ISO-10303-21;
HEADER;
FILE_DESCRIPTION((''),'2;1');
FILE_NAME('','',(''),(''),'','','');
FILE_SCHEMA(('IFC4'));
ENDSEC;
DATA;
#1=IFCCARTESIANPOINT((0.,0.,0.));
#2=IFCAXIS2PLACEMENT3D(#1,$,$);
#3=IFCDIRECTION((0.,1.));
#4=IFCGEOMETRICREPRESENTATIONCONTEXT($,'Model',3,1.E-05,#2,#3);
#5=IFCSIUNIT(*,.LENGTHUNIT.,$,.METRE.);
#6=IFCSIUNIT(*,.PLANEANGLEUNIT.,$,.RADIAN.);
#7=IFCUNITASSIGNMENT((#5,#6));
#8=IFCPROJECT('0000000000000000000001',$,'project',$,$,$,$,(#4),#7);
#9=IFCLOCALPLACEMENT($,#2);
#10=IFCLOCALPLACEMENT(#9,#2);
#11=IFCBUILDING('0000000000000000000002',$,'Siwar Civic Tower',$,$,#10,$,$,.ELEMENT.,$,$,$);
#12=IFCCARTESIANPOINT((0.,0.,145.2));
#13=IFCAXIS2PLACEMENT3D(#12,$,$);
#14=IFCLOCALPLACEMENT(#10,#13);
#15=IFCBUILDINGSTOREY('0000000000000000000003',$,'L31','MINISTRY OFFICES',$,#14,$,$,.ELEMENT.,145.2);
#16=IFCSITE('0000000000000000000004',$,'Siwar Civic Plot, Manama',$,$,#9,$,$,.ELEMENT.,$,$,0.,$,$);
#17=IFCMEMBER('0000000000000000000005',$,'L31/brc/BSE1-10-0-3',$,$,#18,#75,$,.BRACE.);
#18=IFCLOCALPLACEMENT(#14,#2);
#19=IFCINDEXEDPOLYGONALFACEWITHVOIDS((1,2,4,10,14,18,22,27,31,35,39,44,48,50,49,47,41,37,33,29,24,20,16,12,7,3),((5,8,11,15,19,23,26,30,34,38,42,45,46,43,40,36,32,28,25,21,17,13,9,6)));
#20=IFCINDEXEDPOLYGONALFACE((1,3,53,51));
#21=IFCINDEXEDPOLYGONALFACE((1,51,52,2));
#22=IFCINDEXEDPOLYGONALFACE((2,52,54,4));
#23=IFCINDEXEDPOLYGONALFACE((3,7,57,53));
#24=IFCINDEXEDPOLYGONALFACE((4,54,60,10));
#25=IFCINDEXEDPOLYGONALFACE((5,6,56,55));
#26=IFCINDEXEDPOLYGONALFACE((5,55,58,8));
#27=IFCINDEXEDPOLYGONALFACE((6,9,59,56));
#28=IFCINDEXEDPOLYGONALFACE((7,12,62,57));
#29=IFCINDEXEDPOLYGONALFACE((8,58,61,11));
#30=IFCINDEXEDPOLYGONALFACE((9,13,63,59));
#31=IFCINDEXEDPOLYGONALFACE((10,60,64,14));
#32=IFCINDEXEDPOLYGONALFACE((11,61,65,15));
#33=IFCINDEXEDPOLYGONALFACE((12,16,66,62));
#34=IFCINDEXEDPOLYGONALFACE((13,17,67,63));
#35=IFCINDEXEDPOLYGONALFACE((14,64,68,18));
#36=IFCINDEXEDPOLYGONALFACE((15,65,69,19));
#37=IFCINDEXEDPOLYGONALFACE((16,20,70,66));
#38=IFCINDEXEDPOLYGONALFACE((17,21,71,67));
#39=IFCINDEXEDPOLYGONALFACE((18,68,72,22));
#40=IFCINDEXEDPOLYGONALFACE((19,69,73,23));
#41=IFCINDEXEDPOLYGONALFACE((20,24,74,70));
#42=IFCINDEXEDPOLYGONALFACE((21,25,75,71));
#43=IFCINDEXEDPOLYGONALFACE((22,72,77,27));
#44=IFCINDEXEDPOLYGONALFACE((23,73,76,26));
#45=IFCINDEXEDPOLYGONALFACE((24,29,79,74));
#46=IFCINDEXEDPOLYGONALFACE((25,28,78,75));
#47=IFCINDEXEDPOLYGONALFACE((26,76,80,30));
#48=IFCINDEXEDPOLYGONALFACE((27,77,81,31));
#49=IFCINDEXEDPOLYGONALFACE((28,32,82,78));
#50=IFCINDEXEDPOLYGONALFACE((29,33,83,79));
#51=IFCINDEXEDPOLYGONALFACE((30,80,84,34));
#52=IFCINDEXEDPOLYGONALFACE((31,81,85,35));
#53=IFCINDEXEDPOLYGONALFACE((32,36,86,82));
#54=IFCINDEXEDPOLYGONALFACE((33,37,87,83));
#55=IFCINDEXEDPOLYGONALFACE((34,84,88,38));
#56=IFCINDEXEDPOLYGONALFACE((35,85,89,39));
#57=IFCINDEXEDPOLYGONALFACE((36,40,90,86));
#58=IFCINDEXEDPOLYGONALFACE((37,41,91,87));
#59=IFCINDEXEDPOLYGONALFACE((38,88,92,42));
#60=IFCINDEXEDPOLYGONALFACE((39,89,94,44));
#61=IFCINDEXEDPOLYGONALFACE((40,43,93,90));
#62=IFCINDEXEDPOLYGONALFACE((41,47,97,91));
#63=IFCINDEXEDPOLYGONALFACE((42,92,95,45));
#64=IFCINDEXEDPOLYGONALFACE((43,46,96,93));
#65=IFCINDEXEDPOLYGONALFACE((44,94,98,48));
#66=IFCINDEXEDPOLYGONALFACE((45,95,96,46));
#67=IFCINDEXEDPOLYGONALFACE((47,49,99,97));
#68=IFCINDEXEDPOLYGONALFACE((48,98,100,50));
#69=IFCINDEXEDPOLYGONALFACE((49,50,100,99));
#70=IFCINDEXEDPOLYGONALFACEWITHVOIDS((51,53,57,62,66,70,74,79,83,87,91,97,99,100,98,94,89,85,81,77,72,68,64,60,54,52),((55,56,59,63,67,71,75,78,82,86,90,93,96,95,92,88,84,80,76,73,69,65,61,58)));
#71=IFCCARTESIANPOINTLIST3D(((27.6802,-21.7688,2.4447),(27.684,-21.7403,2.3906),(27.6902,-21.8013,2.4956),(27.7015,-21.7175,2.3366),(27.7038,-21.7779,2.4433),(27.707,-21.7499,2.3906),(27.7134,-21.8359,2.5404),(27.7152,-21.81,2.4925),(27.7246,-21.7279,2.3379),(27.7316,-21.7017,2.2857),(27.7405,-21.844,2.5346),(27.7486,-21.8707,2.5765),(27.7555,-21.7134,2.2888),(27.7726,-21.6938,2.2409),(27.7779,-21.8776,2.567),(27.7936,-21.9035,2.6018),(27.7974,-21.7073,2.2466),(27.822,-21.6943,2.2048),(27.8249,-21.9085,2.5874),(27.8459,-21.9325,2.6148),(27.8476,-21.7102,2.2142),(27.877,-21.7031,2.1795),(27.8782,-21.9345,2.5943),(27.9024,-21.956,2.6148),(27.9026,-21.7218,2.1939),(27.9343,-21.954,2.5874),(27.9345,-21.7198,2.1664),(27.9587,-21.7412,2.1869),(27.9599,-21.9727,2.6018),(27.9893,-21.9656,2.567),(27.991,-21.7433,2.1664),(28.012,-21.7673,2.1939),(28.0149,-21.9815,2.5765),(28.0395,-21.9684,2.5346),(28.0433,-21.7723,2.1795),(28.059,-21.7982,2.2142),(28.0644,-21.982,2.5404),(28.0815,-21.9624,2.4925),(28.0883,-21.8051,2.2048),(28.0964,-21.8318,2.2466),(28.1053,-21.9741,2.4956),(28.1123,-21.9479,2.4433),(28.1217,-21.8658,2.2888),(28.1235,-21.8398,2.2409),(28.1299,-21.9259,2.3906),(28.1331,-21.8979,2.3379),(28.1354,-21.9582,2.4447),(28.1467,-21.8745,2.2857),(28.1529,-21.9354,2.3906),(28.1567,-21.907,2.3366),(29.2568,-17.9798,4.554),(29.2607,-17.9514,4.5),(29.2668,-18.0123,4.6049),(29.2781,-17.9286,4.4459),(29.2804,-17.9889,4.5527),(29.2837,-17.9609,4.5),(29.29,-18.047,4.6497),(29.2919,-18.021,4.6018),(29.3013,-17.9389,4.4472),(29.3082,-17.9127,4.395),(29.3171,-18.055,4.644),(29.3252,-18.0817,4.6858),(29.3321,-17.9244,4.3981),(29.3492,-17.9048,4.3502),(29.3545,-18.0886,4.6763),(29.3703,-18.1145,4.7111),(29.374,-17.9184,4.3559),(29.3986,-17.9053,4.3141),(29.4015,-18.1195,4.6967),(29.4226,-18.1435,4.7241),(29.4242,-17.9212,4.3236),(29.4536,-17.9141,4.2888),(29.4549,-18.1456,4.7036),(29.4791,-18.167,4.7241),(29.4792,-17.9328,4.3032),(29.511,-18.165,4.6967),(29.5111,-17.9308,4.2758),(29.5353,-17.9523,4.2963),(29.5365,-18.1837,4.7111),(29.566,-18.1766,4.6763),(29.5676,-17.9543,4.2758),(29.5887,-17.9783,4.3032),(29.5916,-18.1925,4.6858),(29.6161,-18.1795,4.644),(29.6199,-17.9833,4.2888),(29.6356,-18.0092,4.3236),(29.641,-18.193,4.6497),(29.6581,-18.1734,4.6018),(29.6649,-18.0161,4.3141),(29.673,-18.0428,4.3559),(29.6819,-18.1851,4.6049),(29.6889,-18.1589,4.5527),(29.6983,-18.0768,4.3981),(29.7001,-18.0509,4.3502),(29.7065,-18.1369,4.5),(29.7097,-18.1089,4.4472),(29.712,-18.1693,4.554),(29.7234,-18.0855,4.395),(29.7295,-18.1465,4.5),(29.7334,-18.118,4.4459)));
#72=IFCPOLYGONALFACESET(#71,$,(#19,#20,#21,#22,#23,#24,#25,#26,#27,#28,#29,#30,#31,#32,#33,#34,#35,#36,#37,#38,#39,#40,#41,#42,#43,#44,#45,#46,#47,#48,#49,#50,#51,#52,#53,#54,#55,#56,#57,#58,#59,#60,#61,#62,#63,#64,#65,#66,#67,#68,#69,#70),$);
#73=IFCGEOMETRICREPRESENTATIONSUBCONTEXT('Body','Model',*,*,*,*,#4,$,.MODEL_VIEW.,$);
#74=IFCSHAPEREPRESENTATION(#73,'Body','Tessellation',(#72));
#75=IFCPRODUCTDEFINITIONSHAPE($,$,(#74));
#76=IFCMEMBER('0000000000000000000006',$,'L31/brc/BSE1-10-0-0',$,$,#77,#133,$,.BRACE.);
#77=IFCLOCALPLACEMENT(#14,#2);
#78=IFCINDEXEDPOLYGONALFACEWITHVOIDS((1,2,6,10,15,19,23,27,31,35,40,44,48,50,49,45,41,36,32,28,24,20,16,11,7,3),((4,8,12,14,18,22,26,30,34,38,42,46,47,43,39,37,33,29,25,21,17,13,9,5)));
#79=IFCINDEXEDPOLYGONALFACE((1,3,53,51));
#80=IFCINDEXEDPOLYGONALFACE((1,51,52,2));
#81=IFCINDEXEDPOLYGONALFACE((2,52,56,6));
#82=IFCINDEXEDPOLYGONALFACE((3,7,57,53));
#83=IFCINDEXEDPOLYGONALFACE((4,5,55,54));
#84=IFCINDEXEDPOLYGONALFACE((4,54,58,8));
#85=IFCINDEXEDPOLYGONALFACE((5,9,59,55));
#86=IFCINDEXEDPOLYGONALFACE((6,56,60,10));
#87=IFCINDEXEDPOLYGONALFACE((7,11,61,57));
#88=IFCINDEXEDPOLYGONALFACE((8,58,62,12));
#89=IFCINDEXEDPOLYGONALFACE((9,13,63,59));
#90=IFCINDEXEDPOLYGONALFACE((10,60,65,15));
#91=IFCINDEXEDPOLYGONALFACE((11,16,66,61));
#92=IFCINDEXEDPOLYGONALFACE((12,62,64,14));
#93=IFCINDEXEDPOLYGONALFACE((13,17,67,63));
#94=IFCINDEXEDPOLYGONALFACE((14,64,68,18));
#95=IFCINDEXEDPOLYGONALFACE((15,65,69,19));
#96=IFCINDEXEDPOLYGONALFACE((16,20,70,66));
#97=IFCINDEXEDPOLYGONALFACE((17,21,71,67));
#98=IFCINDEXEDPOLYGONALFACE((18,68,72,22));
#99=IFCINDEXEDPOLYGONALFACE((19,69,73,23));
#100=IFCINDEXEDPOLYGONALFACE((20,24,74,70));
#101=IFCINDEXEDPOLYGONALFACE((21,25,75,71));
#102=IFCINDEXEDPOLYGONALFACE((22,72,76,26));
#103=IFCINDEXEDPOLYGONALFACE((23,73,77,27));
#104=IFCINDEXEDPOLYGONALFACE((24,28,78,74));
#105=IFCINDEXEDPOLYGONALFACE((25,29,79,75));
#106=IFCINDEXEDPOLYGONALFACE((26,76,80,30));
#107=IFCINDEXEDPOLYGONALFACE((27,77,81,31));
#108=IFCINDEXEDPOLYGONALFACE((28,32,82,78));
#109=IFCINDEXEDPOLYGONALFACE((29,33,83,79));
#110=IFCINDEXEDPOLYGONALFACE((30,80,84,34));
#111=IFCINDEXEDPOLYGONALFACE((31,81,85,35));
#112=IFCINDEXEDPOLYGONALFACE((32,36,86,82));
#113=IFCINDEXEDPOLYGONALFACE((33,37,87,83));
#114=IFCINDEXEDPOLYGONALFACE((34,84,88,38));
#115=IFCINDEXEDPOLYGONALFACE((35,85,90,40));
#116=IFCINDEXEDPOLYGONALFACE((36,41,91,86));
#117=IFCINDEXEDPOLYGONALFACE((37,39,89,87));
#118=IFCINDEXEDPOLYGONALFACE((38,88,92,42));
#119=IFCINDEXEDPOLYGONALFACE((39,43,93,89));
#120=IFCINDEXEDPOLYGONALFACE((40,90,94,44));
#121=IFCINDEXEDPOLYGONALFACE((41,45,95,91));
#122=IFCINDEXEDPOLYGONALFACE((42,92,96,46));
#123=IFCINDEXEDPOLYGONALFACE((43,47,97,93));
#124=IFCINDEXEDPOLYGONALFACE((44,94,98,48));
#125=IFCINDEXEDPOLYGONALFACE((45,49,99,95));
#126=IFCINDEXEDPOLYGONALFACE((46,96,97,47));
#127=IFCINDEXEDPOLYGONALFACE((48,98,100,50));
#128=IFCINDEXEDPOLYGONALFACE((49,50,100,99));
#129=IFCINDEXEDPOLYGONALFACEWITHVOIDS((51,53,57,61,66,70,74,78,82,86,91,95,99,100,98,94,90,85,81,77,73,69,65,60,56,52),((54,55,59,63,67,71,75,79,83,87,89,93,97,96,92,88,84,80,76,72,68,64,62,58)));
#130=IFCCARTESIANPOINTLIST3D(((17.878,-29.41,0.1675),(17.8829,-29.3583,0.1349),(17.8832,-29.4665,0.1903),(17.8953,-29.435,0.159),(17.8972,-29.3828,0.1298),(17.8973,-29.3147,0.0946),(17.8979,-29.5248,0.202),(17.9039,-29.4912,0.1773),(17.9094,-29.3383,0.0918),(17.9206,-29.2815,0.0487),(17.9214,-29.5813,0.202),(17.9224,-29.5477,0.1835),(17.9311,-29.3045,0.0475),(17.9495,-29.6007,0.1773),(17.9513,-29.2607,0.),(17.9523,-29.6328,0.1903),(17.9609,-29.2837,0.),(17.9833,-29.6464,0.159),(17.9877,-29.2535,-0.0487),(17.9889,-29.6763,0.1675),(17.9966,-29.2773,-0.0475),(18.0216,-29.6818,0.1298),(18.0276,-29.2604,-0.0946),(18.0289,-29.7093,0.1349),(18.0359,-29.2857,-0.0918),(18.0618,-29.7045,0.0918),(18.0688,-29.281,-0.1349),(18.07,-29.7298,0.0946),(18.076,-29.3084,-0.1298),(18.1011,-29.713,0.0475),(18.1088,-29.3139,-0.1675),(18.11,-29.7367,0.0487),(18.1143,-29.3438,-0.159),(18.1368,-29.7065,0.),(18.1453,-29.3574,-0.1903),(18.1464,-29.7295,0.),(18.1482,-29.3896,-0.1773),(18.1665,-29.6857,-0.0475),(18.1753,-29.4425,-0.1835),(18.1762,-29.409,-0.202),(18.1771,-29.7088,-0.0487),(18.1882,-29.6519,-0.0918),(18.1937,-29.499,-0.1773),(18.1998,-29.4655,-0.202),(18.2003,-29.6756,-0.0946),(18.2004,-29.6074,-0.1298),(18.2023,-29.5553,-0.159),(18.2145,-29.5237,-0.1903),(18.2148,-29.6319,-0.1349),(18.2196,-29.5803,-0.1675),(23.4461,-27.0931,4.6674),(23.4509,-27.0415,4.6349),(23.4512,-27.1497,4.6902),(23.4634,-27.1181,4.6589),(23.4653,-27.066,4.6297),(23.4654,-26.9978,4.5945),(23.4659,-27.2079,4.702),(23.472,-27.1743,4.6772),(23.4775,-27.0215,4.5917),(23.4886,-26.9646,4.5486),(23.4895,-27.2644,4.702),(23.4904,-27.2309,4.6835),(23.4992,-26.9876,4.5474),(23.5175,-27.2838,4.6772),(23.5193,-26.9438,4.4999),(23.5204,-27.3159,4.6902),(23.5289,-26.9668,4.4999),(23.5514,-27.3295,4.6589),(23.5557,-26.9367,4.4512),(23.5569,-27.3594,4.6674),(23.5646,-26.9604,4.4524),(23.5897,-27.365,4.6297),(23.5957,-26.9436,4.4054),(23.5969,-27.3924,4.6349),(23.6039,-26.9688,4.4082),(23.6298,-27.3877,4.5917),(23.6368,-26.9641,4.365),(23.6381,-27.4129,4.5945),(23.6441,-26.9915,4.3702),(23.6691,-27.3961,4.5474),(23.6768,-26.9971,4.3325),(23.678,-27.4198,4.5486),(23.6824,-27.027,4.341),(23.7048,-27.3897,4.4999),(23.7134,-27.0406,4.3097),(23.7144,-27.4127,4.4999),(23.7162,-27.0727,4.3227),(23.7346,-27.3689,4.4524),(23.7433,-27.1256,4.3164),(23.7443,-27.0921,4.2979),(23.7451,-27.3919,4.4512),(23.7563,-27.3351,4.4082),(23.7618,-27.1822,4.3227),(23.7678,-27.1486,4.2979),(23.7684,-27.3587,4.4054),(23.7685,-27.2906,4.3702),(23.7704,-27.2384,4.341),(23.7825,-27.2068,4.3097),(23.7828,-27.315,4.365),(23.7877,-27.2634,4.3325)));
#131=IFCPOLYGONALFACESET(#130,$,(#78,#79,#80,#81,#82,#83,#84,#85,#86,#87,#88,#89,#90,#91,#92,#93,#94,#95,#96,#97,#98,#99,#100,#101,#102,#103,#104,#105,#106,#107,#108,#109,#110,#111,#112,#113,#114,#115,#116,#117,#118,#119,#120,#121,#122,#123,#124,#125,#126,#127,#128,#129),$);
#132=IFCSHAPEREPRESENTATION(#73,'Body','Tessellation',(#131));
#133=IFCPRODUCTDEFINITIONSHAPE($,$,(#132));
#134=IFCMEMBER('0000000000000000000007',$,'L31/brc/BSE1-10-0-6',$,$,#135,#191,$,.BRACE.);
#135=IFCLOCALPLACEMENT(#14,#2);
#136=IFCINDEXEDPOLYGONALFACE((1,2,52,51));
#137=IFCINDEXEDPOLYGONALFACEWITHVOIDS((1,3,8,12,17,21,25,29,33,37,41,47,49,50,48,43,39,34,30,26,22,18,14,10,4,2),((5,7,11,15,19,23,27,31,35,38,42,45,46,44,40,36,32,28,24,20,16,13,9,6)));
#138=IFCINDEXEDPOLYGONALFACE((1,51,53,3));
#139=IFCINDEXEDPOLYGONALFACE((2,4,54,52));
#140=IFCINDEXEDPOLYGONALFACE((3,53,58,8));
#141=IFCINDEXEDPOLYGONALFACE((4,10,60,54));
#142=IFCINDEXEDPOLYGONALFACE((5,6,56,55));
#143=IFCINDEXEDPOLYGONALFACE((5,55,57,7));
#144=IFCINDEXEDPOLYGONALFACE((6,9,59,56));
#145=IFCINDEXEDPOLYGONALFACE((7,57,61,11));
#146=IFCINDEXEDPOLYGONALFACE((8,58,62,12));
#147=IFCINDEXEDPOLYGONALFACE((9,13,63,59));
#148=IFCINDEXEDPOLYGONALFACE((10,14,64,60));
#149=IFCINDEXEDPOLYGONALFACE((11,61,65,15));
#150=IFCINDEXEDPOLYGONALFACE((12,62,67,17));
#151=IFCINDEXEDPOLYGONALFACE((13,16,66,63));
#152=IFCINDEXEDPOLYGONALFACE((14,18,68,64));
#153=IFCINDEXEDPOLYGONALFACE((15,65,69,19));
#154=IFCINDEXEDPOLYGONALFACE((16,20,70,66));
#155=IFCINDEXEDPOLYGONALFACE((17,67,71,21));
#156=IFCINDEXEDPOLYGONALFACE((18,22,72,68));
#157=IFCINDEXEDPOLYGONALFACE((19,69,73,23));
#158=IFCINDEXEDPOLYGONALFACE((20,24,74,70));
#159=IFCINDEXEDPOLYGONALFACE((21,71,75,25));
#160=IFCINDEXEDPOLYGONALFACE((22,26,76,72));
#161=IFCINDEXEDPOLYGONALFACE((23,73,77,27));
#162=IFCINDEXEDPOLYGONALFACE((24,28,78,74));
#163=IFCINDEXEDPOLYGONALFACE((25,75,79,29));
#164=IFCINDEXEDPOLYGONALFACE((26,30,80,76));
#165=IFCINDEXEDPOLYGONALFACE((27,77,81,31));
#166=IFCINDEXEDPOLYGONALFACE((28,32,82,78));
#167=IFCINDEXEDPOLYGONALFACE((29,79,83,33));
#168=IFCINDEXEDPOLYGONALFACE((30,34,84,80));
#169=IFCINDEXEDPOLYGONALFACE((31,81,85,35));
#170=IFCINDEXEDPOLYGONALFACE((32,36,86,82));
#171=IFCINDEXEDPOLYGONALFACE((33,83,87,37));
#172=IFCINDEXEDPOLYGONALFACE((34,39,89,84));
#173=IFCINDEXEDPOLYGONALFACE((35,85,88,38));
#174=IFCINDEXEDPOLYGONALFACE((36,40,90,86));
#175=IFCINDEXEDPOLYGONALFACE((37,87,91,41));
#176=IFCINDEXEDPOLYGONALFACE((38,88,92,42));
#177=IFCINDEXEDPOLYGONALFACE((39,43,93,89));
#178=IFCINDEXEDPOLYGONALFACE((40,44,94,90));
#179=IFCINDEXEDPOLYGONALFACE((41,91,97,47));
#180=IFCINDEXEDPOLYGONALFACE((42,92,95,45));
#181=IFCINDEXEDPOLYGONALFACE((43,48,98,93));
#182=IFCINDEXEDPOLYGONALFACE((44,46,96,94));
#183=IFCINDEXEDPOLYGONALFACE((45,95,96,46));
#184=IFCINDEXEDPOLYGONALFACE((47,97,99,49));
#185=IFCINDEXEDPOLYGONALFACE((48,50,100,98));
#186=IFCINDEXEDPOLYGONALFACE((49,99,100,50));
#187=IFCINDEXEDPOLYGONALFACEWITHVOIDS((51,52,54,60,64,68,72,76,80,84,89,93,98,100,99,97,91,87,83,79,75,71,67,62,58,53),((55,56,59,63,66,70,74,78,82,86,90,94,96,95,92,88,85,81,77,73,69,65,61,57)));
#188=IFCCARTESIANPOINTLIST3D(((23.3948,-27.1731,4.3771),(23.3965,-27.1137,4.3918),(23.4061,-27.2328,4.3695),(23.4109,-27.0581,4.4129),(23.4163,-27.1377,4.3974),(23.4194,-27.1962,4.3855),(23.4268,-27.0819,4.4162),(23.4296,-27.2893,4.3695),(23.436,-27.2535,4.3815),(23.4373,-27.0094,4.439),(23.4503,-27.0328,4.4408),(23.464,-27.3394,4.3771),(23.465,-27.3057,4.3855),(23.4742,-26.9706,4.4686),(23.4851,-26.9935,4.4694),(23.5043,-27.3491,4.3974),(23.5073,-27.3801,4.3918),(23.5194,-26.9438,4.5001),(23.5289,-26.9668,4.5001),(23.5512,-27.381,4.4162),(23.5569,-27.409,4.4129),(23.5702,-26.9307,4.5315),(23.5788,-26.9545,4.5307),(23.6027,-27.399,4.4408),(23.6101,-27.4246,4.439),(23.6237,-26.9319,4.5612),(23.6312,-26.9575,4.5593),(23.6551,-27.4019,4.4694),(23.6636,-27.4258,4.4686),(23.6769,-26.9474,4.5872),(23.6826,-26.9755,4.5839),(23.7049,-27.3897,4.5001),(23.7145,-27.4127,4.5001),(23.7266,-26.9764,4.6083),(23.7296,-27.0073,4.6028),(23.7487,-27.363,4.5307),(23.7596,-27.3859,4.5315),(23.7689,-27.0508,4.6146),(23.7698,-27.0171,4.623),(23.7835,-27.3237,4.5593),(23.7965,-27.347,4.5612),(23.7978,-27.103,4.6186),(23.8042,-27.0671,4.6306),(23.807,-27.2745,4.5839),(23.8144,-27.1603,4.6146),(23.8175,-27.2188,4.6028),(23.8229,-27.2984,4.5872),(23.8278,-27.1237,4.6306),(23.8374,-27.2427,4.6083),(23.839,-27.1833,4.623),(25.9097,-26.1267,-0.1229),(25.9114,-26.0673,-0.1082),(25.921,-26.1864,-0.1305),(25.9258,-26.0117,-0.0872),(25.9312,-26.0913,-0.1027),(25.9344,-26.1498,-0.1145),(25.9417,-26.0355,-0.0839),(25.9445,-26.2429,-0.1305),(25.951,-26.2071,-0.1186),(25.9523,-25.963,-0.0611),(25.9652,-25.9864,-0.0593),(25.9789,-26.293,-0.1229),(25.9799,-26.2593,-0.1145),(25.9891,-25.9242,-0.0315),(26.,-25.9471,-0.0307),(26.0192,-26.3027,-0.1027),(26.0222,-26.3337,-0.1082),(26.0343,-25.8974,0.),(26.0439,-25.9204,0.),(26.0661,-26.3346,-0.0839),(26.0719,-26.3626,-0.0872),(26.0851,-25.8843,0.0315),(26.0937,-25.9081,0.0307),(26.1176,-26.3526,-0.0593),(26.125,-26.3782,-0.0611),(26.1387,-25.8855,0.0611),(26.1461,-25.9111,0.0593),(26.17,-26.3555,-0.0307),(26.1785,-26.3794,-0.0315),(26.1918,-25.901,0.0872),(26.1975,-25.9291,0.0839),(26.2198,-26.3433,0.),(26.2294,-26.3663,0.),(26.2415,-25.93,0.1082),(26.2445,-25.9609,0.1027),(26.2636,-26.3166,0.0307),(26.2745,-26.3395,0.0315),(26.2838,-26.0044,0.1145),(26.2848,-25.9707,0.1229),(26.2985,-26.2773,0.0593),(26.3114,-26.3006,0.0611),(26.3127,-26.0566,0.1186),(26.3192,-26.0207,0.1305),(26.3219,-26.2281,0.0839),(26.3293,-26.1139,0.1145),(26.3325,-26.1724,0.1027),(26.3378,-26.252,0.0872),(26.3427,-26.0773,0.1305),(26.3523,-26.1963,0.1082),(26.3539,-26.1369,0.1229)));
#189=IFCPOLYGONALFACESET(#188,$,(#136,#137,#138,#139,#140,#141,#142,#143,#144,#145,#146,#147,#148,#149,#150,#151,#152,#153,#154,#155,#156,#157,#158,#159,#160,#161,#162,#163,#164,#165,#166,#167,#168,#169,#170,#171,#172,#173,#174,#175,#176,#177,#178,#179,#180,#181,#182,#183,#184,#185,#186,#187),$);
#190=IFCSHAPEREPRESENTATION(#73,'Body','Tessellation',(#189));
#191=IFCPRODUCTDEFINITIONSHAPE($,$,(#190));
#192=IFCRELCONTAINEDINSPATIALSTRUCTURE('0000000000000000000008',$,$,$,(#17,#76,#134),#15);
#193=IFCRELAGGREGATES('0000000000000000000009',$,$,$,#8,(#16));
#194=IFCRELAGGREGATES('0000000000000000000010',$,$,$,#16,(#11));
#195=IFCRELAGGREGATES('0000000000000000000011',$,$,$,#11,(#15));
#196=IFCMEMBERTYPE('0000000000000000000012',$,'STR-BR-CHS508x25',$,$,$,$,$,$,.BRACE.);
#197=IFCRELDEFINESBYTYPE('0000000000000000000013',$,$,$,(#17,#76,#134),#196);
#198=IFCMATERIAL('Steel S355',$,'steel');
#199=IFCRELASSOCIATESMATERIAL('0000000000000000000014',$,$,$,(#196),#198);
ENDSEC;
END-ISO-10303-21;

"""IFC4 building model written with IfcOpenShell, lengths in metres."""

from ifc_helpers import new_model, si_unit, direction, frame, origin, origin_2d, place, context, subcontext, project, spatial, hollow_circle, extrude, material, material_profile, profile_set, type_object, element, save


model = new_model("IFC4")

# Units and contexts
model_context = context("Model", 3, precision=1e-05, world=origin(), true_north=direction((0.0, 1.0)))
body_context = subcontext(model_context, "Body", "Model", "MODEL_VIEW")
ifc_project = project(units=[si_unit("LENGTHUNIT", "METRE"), si_unit("PLANEANGLEUNIT", "RADIAN")], contexts=[model_context])

# Site, building, storey
site_placement = place(None, origin())
site = spatial("IfcSite", under=ifc_project, at=site_placement, Name="Siwar Civic Plot, Manama", CompositionType="ELEMENT", RefElevation=0.0)
building_placement = place(site_placement, origin())
building = spatial("IfcBuilding", under=site, at=building_placement, Name="Siwar Civic Tower", CompositionType="ELEMENT")
storey_placement = place(building_placement, frame((0.0, 0.0, 145.2)))
storey = spatial("IfcBuildingStorey", under=building, at=storey_placement, Name="L31", Description="MINISTRY OFFICES", CompositionType="ELEMENT", Elevation=145.2)

# Members
ifc_material_1 = material(Name="Steel S355", Category="steel")
ifc_material_profile_1 = material_profile(ifc_material_1, hollow_circle(Radius=0.2539, WallThickness=0.0249, at=origin_2d()), Name="CHS508x25")
ifc_profile_set_1 = profile_set([ifc_material_profile_1], Name="Steel S355")
member_type_1 = type_object("IfcMemberType", Name="STR-BR-CHS508x25", PredefinedType="BRACE", material=ifc_profile_set_1)
member_1_placement = place(storey_placement, frame((27.9185, -21.8379, 2.3906), z_axis=(0.341686, 0.821146, 0.457133), x_axis=(-0.92326, 0.384176, 0.0)))
element("IfcMember", 1, at=member_1_placement, inside=storey, type_object=member_type_1, Name="L31/brc/BSE1-10-0-3", PredefinedType="BRACE", context=body_context, shape_type="SweptSolid", body=[
    extrude(hollow_circle(Radius=0.2539, WallThickness=0.0249, at=origin_2d()), origin(), (0.0, 0.0, 1.0), 4.6143),
])
member_2_placement = place(storey_placement, frame((18.0488, -29.4951, 0.0), z_axis=(0.739973, 0.307903, 0.598026), x_axis=(-0.38417, 0.923262, 0.0)))
element("IfcMember", 2, at=member_2_placement, inside=storey, type_object=member_type_1, Name="L31/brc/BSE1-10-0-0", PredefinedType="BRACE", context=body_context, shape_type="SweptSolid", body=[
    extrude(hollow_circle(Radius=0.2539, WallThickness=0.0249, at=origin_2d()), origin(), (0.0, 0.0, 1.0), 7.5247),
])
member_3_placement = place(storey_placement, frame((26.1318, -26.1318, 0.0), z_axis=(-0.478099, -0.198926, 0.855482), x_axis=(0.384151, -0.92327, 0.0)))
element("IfcMember", 3, at=member_3_placement, inside=storey, type_object=member_type_1, Name="L31/brc/BSE1-10-0-6", PredefinedType="BRACE", context=body_context, shape_type="SweptSolid", body=[
    extrude(hollow_circle(Radius=0.2539, WallThickness=0.0249, at=origin_2d()), origin(), (0.0, 0.0, 1.0), 5.2603),
])

save(model, "model.ifc")
